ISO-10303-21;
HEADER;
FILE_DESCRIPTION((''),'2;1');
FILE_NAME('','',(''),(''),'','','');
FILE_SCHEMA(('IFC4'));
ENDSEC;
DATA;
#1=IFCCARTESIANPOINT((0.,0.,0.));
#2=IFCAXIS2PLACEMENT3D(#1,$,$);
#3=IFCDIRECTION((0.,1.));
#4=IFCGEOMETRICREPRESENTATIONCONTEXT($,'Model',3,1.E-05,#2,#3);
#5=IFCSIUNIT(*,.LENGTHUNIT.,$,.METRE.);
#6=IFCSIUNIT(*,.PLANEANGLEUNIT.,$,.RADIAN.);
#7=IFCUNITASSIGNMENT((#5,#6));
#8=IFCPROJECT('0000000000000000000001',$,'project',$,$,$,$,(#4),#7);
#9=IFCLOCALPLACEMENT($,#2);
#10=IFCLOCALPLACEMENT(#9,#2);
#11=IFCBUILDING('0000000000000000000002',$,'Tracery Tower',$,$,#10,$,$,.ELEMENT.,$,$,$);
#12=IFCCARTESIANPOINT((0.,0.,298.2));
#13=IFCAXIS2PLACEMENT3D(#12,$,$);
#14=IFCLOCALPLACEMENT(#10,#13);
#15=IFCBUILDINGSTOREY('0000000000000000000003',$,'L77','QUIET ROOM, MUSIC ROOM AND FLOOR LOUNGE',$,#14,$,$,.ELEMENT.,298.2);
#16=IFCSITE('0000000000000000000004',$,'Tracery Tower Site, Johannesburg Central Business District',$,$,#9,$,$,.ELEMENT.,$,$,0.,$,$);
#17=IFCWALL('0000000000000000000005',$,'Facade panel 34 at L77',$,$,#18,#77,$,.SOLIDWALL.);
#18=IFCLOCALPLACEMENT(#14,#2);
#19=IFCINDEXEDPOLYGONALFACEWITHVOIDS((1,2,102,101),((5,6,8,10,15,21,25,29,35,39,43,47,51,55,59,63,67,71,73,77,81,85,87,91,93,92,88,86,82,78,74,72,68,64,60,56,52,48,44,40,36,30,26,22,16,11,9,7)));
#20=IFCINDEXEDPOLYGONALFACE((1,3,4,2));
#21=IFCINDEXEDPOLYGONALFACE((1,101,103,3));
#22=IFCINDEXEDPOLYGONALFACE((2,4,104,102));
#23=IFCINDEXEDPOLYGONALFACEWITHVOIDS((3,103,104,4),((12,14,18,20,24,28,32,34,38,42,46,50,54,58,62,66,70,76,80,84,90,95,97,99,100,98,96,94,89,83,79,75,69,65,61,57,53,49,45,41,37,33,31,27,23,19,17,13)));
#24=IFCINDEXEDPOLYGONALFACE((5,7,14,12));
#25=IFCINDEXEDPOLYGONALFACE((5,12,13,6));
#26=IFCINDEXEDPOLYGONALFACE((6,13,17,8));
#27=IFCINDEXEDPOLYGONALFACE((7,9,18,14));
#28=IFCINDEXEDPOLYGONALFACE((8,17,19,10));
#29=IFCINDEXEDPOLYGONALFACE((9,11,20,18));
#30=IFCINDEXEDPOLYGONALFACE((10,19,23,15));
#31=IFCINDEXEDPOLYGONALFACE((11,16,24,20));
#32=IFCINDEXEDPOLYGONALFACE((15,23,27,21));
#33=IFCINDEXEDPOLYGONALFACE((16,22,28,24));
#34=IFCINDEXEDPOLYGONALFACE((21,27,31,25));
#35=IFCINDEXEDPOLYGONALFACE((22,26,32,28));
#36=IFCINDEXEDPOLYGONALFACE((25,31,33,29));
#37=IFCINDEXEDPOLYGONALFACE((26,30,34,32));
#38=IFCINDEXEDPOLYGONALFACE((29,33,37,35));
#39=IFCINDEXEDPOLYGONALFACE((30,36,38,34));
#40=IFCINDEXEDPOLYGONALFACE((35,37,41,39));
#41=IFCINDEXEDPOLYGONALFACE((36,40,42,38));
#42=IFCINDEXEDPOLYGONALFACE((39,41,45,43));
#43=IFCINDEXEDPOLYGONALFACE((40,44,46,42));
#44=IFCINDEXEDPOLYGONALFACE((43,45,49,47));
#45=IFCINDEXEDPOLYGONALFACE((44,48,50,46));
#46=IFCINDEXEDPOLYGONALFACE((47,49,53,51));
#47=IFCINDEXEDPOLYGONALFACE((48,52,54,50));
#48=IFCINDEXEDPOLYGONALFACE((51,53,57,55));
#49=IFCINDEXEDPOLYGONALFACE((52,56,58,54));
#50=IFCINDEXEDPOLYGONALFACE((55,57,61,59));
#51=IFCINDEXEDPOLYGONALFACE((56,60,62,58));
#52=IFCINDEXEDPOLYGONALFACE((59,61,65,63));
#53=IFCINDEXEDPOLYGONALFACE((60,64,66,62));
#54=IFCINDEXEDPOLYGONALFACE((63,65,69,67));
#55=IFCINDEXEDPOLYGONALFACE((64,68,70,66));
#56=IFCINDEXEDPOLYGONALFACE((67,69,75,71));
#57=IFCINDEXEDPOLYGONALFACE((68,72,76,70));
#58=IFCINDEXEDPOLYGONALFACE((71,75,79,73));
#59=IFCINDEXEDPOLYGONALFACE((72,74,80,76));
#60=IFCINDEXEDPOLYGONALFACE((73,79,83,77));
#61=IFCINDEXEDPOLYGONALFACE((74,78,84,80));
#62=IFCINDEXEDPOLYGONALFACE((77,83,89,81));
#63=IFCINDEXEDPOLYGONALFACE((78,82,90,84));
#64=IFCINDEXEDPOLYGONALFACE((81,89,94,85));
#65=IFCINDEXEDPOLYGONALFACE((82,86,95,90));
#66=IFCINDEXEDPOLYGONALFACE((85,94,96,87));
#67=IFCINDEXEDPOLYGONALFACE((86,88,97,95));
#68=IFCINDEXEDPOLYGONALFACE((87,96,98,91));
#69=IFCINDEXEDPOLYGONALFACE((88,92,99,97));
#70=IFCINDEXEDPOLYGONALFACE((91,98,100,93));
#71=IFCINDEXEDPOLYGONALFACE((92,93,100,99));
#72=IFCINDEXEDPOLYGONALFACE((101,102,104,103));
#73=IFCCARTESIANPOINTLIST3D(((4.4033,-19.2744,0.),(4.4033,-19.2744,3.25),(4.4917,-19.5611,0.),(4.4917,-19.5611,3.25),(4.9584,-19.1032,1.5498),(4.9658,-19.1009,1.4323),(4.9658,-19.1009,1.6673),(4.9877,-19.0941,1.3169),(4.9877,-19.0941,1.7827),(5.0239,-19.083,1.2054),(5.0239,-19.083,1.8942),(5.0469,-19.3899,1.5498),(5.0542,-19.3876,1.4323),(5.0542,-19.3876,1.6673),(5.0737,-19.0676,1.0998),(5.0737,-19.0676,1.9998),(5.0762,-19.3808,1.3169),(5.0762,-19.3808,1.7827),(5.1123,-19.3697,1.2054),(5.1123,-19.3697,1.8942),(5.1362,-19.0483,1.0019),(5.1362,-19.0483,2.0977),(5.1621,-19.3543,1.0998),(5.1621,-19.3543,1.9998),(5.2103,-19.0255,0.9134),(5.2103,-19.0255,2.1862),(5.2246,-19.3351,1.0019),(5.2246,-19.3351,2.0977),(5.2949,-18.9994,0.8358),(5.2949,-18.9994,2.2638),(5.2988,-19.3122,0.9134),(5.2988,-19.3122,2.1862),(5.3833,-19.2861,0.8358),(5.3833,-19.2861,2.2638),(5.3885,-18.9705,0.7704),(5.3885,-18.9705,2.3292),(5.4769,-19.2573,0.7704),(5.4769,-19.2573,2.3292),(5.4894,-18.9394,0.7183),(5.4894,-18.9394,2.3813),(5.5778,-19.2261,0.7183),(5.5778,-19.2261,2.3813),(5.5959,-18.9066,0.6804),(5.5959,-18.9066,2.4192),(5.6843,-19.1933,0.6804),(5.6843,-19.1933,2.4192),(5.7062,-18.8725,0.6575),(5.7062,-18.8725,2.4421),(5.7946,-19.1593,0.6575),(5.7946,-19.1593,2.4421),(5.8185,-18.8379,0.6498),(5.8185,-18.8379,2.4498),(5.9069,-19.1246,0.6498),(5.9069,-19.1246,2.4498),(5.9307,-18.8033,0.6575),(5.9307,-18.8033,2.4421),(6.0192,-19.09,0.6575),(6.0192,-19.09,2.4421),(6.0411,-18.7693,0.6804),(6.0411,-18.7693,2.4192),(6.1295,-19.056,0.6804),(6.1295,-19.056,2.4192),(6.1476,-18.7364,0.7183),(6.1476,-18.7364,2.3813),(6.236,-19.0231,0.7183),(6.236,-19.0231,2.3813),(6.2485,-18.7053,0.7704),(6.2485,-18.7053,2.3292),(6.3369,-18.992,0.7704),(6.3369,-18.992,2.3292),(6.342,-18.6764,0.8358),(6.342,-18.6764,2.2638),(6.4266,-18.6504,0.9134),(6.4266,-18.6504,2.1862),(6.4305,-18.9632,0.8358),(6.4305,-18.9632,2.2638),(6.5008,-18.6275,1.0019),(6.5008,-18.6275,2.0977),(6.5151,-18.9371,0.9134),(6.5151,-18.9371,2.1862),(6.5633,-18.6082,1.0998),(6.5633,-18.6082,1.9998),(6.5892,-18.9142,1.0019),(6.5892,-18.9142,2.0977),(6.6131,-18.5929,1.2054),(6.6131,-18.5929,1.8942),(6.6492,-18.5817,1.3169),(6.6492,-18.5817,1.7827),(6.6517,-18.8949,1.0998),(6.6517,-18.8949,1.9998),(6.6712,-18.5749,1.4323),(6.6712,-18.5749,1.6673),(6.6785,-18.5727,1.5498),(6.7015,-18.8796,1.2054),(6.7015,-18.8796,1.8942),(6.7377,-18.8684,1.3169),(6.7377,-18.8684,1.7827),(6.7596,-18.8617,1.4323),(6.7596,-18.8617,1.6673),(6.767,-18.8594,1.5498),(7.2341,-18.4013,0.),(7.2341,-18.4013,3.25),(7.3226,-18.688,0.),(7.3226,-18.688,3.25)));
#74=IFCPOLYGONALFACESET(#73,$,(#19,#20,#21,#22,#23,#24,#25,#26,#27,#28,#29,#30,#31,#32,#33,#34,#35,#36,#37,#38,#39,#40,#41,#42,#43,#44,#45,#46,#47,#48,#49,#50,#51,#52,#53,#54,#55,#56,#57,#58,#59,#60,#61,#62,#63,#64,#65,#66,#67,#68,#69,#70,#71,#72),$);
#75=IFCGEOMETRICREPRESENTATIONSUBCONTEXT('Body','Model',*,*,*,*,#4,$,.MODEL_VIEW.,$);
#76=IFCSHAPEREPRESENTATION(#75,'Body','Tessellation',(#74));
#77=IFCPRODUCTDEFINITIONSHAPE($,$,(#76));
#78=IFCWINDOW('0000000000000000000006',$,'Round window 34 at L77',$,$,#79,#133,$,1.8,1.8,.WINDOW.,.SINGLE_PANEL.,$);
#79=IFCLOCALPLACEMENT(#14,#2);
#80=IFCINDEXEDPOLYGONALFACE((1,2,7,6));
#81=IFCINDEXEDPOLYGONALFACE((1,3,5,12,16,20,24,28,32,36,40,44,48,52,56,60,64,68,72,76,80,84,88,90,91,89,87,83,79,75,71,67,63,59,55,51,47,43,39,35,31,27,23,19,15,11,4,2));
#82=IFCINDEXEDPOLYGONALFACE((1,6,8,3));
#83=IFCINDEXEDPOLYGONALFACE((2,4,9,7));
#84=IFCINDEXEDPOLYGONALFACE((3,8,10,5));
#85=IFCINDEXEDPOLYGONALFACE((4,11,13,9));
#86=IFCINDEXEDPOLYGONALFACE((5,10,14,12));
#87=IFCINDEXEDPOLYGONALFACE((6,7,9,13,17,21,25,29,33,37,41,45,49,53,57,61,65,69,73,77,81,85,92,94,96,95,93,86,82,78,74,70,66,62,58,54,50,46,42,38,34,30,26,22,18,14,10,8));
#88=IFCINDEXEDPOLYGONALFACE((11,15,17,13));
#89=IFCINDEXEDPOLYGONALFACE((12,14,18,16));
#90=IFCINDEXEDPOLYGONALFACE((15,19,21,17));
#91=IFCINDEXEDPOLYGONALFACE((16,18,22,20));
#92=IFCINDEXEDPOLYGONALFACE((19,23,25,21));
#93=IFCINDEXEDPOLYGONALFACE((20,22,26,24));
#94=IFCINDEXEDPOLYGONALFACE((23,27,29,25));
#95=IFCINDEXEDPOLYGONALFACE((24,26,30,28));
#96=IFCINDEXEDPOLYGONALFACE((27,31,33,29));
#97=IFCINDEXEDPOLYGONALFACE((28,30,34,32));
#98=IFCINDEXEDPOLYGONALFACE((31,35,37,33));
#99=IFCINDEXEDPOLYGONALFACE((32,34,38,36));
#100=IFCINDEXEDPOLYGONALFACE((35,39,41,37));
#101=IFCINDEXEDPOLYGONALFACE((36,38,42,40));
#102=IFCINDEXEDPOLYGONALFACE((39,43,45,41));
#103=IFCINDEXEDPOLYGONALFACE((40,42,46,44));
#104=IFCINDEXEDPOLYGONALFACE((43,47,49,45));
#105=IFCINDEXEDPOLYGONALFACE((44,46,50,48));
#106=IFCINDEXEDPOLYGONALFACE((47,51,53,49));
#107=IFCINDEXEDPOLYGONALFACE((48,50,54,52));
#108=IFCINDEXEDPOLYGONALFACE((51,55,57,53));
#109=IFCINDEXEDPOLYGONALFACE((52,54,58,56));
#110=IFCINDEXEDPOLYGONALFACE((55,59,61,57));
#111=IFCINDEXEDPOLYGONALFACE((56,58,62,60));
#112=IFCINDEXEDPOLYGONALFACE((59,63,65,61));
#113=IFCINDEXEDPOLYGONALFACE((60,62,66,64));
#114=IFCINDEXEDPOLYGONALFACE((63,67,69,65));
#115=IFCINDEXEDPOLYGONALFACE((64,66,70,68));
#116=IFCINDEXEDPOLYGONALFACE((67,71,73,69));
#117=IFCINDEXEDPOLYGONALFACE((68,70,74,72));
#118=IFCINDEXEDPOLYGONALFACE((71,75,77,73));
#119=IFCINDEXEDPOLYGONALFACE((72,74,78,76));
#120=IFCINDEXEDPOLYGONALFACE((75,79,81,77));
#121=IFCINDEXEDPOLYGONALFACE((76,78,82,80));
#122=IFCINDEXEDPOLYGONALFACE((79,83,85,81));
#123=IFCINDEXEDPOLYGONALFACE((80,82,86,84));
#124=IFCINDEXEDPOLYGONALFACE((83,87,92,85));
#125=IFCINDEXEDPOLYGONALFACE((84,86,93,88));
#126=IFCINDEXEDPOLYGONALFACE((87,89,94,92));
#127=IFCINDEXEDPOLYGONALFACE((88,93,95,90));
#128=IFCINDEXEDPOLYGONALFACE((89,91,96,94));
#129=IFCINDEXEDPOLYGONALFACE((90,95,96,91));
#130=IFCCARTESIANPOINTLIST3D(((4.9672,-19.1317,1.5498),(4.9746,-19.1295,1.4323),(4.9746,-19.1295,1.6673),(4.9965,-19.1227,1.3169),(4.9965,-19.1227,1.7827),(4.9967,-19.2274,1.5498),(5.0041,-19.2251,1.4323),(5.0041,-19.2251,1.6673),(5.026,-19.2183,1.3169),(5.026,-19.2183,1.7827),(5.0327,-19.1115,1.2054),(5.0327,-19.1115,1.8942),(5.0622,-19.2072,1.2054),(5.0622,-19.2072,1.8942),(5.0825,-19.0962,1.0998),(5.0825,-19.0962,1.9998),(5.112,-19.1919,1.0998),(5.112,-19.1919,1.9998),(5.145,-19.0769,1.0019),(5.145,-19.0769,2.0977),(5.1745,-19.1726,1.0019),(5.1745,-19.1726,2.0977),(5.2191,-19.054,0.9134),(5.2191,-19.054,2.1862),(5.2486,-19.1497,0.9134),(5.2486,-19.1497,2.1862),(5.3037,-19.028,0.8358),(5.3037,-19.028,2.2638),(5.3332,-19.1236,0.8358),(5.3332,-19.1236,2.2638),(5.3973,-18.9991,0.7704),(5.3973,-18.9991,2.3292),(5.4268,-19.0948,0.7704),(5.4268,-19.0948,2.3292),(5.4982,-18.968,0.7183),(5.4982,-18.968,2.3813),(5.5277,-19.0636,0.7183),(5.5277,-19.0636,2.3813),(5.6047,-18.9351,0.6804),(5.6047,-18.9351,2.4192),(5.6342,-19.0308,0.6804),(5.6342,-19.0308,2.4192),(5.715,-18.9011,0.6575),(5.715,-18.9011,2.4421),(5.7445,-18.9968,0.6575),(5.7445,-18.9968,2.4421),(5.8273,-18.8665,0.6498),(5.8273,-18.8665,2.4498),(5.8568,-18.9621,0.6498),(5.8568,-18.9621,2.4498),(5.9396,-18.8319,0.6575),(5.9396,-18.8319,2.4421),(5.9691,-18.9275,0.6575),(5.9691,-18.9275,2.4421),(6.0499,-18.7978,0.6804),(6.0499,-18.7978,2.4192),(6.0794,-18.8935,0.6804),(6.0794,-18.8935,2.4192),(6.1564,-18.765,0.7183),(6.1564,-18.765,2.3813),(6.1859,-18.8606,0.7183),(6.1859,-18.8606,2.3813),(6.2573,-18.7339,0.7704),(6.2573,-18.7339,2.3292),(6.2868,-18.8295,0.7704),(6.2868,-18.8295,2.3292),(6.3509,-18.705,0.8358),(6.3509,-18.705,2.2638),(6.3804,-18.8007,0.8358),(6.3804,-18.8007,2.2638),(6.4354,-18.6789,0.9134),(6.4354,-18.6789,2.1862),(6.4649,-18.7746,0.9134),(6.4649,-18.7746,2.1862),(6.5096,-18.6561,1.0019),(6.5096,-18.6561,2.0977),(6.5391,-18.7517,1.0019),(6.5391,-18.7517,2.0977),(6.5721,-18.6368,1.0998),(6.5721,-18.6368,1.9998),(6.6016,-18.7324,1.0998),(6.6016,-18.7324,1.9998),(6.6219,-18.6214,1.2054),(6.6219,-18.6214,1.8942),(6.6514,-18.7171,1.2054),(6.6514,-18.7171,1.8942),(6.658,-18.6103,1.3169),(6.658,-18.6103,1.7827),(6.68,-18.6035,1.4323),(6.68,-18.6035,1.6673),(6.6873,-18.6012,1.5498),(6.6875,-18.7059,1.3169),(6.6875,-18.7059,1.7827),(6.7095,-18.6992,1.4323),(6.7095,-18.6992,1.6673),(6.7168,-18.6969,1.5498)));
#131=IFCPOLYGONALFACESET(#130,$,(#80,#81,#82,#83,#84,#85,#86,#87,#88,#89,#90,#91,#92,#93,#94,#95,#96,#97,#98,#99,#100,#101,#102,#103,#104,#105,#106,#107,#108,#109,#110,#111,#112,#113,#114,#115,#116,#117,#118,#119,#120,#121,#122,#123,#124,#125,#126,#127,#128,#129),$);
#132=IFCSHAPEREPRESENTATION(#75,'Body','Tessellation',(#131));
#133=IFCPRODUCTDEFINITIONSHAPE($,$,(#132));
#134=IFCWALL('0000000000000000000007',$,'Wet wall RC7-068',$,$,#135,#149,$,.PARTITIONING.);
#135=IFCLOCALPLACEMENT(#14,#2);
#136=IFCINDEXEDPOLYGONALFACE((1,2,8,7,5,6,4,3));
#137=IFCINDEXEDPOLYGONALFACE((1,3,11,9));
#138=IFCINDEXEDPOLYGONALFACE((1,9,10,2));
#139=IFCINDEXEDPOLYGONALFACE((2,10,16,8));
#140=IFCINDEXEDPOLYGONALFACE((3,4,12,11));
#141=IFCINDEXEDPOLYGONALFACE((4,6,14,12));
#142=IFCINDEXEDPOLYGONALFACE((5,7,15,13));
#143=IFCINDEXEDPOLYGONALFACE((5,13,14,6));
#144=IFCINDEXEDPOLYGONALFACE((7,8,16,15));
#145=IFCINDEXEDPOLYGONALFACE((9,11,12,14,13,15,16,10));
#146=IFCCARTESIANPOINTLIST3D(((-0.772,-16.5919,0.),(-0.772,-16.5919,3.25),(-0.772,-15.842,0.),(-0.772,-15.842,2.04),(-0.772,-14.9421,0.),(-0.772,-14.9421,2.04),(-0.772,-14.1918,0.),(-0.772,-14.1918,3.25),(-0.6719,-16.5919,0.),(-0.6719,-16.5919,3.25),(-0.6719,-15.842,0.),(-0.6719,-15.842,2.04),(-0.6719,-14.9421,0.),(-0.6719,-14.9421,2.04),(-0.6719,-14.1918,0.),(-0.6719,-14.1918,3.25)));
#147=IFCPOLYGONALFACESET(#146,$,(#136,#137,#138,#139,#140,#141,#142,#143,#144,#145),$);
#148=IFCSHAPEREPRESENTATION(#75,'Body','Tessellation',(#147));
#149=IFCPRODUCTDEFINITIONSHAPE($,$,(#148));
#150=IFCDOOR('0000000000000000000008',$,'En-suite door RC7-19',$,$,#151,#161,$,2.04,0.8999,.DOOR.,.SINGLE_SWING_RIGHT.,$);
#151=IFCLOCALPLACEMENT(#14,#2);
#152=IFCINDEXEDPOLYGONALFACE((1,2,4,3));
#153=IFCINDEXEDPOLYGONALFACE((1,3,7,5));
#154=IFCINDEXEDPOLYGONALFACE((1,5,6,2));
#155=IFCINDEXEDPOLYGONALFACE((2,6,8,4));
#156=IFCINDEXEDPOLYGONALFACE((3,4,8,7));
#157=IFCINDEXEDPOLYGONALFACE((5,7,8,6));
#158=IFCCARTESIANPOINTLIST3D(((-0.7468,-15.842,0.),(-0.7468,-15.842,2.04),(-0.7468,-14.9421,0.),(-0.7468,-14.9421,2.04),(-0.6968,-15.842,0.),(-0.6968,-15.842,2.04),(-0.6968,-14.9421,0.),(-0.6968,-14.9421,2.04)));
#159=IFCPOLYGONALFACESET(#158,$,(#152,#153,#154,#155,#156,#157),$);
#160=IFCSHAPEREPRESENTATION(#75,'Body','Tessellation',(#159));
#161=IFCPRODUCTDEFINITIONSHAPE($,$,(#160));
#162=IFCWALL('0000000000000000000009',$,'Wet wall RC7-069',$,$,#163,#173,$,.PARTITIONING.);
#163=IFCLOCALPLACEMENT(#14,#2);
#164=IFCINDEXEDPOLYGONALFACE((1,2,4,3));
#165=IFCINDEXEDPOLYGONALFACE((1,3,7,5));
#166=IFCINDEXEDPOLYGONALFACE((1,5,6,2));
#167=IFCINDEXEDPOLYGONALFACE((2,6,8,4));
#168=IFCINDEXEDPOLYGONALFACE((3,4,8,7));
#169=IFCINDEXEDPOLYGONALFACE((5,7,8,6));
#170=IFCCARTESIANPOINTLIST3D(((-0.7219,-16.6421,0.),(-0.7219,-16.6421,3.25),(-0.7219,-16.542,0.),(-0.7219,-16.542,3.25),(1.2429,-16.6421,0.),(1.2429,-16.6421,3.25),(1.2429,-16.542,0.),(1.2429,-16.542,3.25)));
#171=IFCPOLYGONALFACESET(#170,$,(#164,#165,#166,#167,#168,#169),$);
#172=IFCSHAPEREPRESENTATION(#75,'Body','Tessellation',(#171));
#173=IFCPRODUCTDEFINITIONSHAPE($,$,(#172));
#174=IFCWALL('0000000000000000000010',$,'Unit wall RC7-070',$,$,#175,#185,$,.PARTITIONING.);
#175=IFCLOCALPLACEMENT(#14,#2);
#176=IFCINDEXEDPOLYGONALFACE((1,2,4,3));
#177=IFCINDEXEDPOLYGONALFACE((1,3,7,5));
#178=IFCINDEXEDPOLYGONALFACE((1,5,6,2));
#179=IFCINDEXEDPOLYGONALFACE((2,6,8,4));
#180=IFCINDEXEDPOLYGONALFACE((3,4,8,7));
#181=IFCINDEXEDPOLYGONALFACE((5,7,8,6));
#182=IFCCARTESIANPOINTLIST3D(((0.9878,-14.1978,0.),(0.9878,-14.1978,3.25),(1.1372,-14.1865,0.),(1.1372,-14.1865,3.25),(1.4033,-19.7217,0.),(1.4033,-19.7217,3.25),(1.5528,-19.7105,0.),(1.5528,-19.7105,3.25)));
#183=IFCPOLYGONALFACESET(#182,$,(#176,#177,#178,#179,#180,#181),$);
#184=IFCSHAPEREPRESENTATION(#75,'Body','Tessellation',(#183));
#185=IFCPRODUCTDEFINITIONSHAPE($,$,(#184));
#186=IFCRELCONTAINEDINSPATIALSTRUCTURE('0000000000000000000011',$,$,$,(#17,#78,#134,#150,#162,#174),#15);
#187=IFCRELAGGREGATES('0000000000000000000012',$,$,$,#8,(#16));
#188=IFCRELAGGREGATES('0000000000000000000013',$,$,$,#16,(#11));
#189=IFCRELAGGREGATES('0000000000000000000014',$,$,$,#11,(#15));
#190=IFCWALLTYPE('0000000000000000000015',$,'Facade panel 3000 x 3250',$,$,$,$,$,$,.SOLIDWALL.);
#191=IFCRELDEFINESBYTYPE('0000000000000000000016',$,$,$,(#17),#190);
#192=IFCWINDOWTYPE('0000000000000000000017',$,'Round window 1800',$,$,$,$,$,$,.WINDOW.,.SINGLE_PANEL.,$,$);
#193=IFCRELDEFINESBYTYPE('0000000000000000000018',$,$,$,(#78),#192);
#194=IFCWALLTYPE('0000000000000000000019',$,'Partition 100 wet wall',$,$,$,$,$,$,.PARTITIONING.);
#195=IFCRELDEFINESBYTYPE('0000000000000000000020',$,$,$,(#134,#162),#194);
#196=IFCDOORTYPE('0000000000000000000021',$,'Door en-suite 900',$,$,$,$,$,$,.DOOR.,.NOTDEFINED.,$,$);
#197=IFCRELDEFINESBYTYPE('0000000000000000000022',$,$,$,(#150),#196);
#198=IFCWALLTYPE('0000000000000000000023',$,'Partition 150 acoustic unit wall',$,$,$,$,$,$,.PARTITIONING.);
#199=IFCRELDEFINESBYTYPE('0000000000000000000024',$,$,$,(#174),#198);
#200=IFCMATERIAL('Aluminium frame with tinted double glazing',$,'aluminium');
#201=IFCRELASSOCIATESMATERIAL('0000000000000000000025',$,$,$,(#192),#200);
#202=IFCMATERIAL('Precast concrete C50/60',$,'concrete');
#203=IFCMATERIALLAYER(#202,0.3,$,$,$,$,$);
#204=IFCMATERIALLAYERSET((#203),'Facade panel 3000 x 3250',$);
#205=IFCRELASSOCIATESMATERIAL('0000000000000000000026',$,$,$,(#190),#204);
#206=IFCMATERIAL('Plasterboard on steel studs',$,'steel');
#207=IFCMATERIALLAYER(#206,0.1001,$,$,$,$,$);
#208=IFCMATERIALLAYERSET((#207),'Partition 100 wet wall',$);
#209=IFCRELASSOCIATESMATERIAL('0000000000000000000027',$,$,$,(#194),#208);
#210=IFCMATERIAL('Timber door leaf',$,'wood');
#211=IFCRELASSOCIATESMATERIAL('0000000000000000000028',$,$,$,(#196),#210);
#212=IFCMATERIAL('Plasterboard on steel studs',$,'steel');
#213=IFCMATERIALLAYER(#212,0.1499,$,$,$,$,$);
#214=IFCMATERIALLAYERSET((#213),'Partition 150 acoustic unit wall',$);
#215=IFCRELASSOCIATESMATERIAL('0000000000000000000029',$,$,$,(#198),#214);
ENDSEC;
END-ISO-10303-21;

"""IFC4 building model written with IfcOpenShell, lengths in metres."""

from ifc_helpers import new_model, si_unit, direction, frame, frame_2d, origin, origin_2d, place, context, subcontext, project, spatial, rectangle, circle, extrude, material, layer, layer_set, type_object, element, fill, save


model = new_model("IFC4")

# Units and contexts
model_context = context("Model", 3, precision=1e-05, world=origin(), true_north=direction((0.0, 1.0)))
body_context = subcontext(model_context, "Body", "Model", "MODEL_VIEW")
ifc_project = project(units=[si_unit("LENGTHUNIT", "METRE"), si_unit("PLANEANGLEUNIT", "RADIAN")], contexts=[model_context])

# Site, building, storey
site_placement = place(None, origin())
site = spatial("IfcSite", under=ifc_project, at=site_placement, Name="Tracery Tower Site, Johannesburg Central Business District", CompositionType="ELEMENT", RefElevation=0.0)
building_placement = place(site_placement, origin())
building = spatial("IfcBuilding", under=site, at=building_placement, Name="Tracery Tower", CompositionType="ELEMENT")
storey_placement = place(building_placement, frame((0.0, 0.0, 298.2)))
storey = spatial("IfcBuildingStorey", under=building, at=storey_placement, Name="L77", Description="QUIET ROOM, MUSIC ROOM AND FLOOR LOUNGE", CompositionType="ELEMENT", Elevation=298.2)

# Wall, opening, window
ifc_material_1 = material(Name="Aluminium frame with tinted double glazing", Category="aluminium")
window_type = type_object("IfcWindowType", Name="Round window 1800", PartitioningType="SINGLE_PANEL", PredefinedType="WINDOW", material=ifc_material_1)
ifc_material_2 = material(Name="Precast concrete C50/60", Category="concrete")
ifc_layer_1 = layer(ifc_material_2, 0.3)
ifc_layer_set_1 = layer_set([ifc_layer_1], Name="Facade panel 3000 x 3250")
wall_type_1 = type_object("IfcWallType", Name="Facade panel 3000 x 3250", PredefinedType="SOLIDWALL", material=ifc_layer_set_1)
wall_1_placement = place(storey_placement, frame((4.4475, -19.4177, 0.0), z_axis=(0.0, 0.0, 1.0), x_axis=(0.955586, 0.294711, 0.0)))
wall_1 = element("IfcWall", 1, at=wall_1_placement, inside=storey, type_object=wall_type_1, Name="Facade panel 34 at L77", PredefinedType="SOLIDWALL", context=body_context, shape_type="SweptSolid", body=[
    extrude(rectangle(XDim=2.9624, YDim=0.3, at=frame_2d((1.4812, 0.0))), origin(), (0.0, 0.0, 1.0), 3.25),
])
opening_1_placement = place(wall_1_placement, frame((1.481, 0.0, 1.5498)))
opening_1 = element("IfcOpeningElement", 2, at=opening_1_placement, cuts=wall_1, PredefinedType="OPENING", context=body_context, shape_type="SweptSolid", body=[
    extrude(circle(Radius=0.9, at=origin_2d()), frame((0.0, 0.1599, 0.0), z_axis=(0.0, -1.0, 0.0), x_axis=(1.0, 0.0, 0.0)), (0.0, 0.0, 1.0), 0.3201),
])
window_1_placement = place(opening_1_placement, origin())
window_1 = element("IfcWindow", 3, at=window_1_placement, inside=storey, type_object=window_type, Name="Round window 34 at L77", OverallHeight=1.8, OverallWidth=1.8, PartitioningType="SINGLE_PANEL", PredefinedType="WINDOW", context=body_context, shape_type="SweptSolid", body=[
    extrude(circle(Radius=0.9, at=origin_2d()), frame((0.0, 0.1201, 0.0), z_axis=(0.0, -1.0, 0.0), x_axis=(1.0, 0.0, 0.0)), (0.0, 0.0, 1.0), 0.1001),
])
fill(opening_1, window_1)

# Wall, opening, door
ifc_material_3 = material(Name="Plasterboard on steel studs", Category="steel")
ifc_layer_2 = layer(ifc_material_3, 0.1001)
ifc_layer_set_2 = layer_set([ifc_layer_2], Name="Partition 100 wet wall")
wall_type_2 = type_object("IfcWallType", Name="Partition 100 wet wall", PredefinedType="PARTITIONING", material=ifc_layer_set_2)
wall_2_placement = place(storey_placement, frame((-0.7219, -16.592, 0.0), z_axis=(0.0, 0.0, 1.0), x_axis=(0.0, 1.0, 0.0)))
wall_2 = element("IfcWall", 4, at=wall_2_placement, inside=storey, type_object=wall_type_2, Name="Wet wall RC7-068", PredefinedType="PARTITIONING", context=body_context, shape_type="SweptSolid", body=[
    extrude(rectangle(XDim=2.4001, YDim=0.1001, at=frame_2d((1.2002, 0.0))), origin(), (0.0, 0.0, 1.0), 3.25),
])
opening_2_placement = place(wall_2_placement, frame((0.75, 0.0, 0.0)))
opening_2 = element("IfcOpeningElement", 5, at=opening_2_placement, cuts=wall_2, PredefinedType="OPENING", context=body_context, shape_type="SweptSolid", body=[
    extrude(rectangle(XDim=0.8999, YDim=2.04, at=frame_2d((0.45, 1.02))), frame((0.0, 0.05, 0.0), z_axis=(0.0, -1.0, 0.0), x_axis=(1.0, 0.0, 0.0)), (0.0, 0.0, 1.0), 0.1001),
])
ifc_material_4 = material(Name="Timber door leaf", Category="wood")
door_type_1 = type_object("IfcDoorType", Name="Door en-suite 900", OperationType="NOTDEFINED", PredefinedType="DOOR", material=ifc_material_4)
door_1_placement = place(opening_2_placement, origin())
door_1 = element("IfcDoor", 6, at=door_1_placement, inside=storey, type_object=door_type_1, Name="En-suite door RC7-19", OperationType="SINGLE_SWING_RIGHT", OverallHeight=2.04, OverallWidth=0.8999, PredefinedType="DOOR", context=body_context, shape_type="SweptSolid", body=[
    extrude(rectangle(XDim=0.8999, YDim=2.04, at=frame_2d((0.45, 1.02))), frame((0.0, 0.0249, 0.0), z_axis=(0.0, -1.0, 0.0), x_axis=(1.0, 0.0, 0.0)), (0.0, 0.0, 1.0), 0.05),
])
fill(opening_2, door_1)

# Walls
wall_3_placement = place(storey_placement, frame((-0.7219, -16.592, 0.0), z_axis=(0.0, 0.0, 1.0), x_axis=(1.0, 0.0, 0.0)))
element("IfcWall", 7, at=wall_3_placement, inside=storey, type_object=wall_type_2, Name="Wet wall RC7-069", PredefinedType="PARTITIONING", context=body_context, shape_type="SweptSolid", body=[
    extrude(rectangle(XDim=1.9648, YDim=0.1001, at=frame_2d((0.9824, 0.0))), origin(), (0.0, 0.0, 1.0), 3.25),
])
ifc_material_5 = material(Name="Plasterboard on steel studs", Category="steel")
ifc_layer_3 = layer(ifc_material_5, 0.1499)
ifc_layer_set_3 = layer_set([ifc_layer_3], Name="Partition 150 acoustic unit wall")
wall_type_3 = type_object("IfcWallType", Name="Partition 150 acoustic unit wall", PredefinedType="PARTITIONING", material=ifc_layer_set_3)
wall_4_placement = place(storey_placement, frame((1.0625, -14.1921, 0.0), z_axis=(0.0, 0.0, 1.0), x_axis=(0.075011, -0.997183, 0.0)))
element("IfcWall", 8, at=wall_4_placement, inside=storey, type_object=wall_type_3, Name="Unit wall RC7-070", PredefinedType="PARTITIONING", context=body_context, shape_type="SweptSolid", body=[
    extrude(rectangle(XDim=5.5396, YDim=0.1499, at=frame_2d((2.7698, 0.0))), origin(), (0.0, 0.0, 1.0), 3.25),
])

save(model, "model.ifc")
